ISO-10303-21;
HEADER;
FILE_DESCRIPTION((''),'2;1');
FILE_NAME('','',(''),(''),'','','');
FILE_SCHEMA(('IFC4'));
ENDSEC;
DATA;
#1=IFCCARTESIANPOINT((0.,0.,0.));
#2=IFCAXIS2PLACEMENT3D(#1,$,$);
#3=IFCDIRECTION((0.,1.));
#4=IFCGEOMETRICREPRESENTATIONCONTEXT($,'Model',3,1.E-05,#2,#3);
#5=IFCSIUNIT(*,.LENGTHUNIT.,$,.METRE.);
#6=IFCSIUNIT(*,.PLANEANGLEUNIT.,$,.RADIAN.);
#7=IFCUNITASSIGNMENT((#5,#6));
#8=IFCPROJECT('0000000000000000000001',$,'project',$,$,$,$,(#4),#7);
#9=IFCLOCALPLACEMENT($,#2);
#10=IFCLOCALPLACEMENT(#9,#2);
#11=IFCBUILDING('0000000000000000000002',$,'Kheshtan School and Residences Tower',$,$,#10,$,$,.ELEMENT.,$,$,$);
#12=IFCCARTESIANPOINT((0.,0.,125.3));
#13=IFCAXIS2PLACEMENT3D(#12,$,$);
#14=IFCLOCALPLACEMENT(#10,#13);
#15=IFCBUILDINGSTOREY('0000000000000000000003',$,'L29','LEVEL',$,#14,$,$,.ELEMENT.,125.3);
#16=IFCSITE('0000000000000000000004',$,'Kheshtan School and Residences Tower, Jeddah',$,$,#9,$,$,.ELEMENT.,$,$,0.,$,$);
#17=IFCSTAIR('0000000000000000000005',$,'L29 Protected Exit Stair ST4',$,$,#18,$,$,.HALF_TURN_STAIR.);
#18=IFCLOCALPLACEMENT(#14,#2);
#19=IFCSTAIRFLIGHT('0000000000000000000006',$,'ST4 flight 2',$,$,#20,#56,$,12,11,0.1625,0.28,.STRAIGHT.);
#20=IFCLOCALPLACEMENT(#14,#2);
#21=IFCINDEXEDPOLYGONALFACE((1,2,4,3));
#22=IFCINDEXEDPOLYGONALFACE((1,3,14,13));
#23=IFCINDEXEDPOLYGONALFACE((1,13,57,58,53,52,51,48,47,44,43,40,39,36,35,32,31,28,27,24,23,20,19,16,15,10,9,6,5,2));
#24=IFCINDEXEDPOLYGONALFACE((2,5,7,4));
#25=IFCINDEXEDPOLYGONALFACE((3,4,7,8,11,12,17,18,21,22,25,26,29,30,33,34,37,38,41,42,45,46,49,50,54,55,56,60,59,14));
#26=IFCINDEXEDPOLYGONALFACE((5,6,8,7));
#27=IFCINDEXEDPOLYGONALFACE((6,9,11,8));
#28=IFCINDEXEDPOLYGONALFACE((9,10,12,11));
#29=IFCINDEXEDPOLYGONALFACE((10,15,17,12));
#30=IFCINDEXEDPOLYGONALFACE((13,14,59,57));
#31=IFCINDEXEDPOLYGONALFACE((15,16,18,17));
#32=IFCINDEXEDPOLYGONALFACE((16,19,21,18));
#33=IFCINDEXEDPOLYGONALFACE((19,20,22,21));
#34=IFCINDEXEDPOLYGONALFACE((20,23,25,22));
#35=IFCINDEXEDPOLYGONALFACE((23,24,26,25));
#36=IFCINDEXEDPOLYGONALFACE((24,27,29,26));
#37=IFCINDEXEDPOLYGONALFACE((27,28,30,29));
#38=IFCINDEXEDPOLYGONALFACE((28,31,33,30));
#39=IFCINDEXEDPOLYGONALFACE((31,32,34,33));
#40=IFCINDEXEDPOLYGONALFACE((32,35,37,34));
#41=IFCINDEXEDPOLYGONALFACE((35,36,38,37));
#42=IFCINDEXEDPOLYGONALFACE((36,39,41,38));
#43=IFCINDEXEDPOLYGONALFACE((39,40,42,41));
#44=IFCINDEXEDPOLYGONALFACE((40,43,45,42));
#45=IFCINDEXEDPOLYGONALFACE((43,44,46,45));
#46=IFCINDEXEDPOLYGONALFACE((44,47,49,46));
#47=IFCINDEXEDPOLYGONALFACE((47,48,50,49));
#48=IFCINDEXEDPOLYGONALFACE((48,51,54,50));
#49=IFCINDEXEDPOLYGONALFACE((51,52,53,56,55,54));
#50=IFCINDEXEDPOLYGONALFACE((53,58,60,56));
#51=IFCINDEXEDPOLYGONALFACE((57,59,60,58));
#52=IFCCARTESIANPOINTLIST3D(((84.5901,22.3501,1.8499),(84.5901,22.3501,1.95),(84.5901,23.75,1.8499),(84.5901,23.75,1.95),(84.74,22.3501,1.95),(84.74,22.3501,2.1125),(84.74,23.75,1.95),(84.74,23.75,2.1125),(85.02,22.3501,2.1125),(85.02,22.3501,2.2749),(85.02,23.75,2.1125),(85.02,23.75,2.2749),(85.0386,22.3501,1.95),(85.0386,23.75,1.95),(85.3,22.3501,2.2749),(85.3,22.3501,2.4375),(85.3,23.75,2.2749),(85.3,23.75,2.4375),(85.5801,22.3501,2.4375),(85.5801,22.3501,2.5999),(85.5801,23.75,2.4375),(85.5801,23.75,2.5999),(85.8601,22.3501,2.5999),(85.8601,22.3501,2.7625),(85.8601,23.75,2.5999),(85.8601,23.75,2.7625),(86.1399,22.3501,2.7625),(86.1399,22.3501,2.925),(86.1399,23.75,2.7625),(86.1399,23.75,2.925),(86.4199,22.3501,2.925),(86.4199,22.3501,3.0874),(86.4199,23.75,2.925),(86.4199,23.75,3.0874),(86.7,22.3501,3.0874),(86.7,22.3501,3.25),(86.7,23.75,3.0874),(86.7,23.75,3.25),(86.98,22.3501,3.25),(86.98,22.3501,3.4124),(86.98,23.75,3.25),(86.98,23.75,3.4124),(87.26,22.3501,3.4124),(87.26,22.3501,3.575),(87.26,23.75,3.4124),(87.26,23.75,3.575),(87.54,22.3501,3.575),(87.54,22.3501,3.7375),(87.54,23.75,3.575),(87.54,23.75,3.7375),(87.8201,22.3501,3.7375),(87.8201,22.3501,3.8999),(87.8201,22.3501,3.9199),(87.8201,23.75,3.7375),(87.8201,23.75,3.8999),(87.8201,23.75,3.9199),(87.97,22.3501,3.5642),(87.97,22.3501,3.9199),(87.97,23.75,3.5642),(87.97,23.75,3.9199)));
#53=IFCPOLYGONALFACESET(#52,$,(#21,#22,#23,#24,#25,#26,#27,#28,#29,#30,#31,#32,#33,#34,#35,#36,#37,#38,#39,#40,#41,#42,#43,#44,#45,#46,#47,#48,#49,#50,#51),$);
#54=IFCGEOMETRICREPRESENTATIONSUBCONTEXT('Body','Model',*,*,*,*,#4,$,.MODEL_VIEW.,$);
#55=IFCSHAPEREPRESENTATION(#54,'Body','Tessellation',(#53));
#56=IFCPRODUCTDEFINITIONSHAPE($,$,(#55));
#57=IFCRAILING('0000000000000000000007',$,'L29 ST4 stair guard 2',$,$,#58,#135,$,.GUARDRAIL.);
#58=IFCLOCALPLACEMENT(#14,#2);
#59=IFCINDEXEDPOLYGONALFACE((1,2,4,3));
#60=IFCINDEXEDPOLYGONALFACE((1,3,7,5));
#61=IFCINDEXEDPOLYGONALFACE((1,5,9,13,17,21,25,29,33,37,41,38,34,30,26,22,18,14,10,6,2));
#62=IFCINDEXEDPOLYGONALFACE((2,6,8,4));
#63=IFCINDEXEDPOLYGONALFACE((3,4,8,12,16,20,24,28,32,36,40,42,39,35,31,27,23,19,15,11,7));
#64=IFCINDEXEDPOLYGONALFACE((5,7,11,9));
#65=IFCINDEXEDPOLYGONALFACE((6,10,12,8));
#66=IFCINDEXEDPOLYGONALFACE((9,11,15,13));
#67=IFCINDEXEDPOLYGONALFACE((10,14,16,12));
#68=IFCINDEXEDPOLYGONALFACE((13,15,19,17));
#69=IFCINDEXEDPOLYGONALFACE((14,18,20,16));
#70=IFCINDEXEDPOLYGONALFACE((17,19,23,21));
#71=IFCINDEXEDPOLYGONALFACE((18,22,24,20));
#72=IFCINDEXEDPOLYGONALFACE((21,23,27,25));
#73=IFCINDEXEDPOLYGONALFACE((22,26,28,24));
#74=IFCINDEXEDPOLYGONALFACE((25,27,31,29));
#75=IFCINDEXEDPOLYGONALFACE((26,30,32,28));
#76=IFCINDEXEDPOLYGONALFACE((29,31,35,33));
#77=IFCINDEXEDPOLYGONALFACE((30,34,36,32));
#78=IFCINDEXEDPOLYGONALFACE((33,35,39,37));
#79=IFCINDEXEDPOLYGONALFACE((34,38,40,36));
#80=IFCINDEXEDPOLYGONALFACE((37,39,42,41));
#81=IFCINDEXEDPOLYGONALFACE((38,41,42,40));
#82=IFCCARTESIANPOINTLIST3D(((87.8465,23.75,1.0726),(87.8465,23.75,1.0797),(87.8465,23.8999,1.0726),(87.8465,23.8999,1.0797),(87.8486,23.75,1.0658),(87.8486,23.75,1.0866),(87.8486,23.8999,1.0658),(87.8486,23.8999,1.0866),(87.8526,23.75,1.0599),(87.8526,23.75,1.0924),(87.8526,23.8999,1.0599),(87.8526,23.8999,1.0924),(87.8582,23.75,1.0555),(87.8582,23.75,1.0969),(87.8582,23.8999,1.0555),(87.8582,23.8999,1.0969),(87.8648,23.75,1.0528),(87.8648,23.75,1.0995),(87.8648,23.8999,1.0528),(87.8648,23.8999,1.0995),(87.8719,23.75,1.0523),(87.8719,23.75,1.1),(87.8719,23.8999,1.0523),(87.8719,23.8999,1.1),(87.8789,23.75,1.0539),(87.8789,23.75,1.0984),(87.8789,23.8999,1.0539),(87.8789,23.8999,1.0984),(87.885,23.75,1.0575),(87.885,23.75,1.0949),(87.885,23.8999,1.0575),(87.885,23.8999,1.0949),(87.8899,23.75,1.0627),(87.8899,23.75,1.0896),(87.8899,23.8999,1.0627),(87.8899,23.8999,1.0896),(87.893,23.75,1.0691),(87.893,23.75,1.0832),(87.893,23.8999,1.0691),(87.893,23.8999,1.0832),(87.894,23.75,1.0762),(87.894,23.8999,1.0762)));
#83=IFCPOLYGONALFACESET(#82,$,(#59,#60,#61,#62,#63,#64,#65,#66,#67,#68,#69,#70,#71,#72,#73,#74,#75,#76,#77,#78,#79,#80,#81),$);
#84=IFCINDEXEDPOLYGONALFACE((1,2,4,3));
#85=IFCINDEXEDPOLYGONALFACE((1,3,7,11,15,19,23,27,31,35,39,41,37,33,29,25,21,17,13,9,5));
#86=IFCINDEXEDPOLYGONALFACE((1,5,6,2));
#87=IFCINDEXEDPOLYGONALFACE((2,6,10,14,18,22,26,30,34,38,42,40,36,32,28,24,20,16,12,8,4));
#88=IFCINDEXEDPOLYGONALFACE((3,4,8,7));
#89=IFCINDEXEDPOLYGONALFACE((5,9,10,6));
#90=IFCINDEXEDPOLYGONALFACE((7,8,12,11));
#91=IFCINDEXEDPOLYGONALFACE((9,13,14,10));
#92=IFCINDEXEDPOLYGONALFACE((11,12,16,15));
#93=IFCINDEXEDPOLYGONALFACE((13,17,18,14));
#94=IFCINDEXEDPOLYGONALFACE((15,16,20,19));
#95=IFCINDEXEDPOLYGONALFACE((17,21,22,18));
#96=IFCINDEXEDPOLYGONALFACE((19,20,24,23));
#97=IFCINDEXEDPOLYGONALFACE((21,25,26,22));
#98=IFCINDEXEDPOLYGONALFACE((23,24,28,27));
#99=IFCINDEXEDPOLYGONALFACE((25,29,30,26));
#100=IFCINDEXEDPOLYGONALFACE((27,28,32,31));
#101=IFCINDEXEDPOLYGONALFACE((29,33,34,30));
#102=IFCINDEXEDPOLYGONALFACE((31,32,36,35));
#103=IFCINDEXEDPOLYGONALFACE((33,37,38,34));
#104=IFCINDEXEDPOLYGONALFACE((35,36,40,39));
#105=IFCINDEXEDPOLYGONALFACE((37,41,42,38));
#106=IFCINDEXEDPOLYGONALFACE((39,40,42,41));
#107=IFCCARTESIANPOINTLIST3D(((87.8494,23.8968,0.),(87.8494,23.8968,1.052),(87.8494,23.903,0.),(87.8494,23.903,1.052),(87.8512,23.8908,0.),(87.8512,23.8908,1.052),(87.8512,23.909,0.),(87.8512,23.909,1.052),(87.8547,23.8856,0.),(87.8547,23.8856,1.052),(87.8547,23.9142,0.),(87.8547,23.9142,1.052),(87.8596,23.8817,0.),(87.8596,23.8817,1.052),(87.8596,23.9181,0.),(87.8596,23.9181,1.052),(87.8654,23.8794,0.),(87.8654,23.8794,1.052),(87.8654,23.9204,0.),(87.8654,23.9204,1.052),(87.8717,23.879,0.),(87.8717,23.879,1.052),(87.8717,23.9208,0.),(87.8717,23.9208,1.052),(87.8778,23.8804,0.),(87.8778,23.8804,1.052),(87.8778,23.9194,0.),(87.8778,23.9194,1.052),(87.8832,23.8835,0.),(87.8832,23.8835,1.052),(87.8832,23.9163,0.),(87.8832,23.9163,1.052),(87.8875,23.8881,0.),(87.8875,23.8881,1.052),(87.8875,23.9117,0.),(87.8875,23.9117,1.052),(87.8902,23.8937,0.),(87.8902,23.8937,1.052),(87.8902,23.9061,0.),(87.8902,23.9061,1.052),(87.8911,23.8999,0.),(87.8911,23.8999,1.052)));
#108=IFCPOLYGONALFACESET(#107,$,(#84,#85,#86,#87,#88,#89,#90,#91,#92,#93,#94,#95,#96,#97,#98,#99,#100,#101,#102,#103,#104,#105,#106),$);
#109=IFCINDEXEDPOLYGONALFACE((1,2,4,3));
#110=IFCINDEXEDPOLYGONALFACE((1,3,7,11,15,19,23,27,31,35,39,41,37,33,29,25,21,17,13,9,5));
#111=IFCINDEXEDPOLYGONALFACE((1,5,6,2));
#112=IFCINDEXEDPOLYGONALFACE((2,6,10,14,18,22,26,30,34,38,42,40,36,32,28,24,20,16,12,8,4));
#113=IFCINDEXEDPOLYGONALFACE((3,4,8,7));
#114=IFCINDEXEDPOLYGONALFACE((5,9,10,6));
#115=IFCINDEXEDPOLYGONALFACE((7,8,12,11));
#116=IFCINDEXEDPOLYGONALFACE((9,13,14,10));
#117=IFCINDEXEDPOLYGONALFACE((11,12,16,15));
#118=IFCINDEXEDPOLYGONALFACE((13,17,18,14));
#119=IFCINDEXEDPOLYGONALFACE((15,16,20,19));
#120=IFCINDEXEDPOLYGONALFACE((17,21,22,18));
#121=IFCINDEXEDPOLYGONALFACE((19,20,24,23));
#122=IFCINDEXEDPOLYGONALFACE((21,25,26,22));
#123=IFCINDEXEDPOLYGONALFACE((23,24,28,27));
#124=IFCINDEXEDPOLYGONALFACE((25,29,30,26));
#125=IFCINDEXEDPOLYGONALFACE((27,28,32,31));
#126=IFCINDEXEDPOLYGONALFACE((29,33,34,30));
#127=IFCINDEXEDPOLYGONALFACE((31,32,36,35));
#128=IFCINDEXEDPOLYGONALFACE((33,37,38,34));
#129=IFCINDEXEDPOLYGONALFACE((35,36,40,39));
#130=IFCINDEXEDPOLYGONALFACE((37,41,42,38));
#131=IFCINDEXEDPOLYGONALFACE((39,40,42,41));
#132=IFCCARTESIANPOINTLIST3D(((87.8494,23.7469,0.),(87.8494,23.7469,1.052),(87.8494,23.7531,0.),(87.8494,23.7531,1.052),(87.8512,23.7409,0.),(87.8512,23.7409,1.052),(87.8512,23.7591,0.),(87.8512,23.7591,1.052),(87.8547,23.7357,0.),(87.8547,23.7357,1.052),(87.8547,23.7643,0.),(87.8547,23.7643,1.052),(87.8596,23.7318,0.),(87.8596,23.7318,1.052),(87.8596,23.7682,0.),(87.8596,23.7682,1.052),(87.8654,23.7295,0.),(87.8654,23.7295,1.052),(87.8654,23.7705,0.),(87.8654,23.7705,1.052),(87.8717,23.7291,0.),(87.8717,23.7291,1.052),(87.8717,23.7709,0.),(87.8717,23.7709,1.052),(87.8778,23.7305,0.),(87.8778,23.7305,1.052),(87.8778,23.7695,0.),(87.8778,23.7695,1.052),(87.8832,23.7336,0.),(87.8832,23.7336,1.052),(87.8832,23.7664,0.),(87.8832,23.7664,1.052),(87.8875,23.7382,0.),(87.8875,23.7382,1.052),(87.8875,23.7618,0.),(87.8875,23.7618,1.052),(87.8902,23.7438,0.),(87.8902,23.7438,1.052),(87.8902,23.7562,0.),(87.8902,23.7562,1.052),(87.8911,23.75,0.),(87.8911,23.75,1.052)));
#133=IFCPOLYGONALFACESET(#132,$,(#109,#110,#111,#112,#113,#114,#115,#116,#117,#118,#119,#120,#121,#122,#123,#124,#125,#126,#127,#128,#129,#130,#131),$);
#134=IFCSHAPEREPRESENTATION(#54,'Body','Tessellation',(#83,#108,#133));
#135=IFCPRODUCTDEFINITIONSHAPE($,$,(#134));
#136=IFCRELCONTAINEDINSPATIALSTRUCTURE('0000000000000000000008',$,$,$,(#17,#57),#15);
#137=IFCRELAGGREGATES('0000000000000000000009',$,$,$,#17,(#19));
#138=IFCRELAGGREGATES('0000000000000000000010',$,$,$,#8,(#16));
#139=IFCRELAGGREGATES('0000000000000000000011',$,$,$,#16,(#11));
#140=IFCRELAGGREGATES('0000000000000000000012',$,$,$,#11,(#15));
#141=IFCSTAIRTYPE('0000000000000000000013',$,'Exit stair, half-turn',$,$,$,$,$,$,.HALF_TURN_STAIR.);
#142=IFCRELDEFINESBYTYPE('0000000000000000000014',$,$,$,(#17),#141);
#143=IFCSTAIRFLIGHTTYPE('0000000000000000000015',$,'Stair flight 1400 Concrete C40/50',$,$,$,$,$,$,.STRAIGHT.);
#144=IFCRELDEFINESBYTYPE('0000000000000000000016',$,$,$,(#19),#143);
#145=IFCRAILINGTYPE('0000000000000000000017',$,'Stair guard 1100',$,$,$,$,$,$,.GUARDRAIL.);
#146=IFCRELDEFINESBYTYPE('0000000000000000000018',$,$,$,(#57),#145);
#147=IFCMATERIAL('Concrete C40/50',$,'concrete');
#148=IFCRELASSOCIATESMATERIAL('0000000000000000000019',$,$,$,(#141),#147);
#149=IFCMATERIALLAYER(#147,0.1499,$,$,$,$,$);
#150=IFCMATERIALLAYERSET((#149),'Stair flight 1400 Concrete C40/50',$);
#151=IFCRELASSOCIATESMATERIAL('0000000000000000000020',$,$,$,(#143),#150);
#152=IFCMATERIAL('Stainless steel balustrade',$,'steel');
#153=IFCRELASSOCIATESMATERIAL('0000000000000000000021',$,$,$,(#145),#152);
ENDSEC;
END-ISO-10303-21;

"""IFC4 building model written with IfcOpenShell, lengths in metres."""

from ifc_helpers import new_model, si_unit, direction, frame, origin, origin_2d, place, context, subcontext, project, spatial, polyline, circle, outline, extrude, material, layer, layer_set, type_object, element, aggregate, save


model = new_model("IFC4")

# Units and contexts
model_context = context("Model", 3, precision=1e-05, world=origin(), true_north=direction((0.0, 1.0)))
body_context = subcontext(model_context, "Body", "Model", "MODEL_VIEW")
ifc_project = project(units=[si_unit("LENGTHUNIT", "METRE"), si_unit("PLANEANGLEUNIT", "RADIAN")], contexts=[model_context])

# Site, building, storey
site_placement = place(None, origin())
site = spatial("IfcSite", under=ifc_project, at=site_placement, Name="Kheshtan School and Residences Tower, Jeddah", CompositionType="ELEMENT", RefElevation=0.0)
building_placement = place(site_placement, origin())
building = spatial("IfcBuilding", under=site, at=building_placement, Name="Kheshtan School and Residences Tower", CompositionType="ELEMENT")
storey_placement = place(building_placement, frame((0.0, 0.0, 125.3)))
storey = spatial("IfcBuildingStorey", under=building, at=storey_placement, Name="L29", Description="LEVEL", CompositionType="ELEMENT", Elevation=125.3)

# Shared definitions
ifc_material_1 = material(Name="Concrete C40/50", Category="concrete")

# Stair, stair flight
stair_type = type_object("IfcStairType", Name="Exit stair, half-turn", PredefinedType="HALF_TURN_STAIR", material=ifc_material_1)
stair_placement = place(storey_placement, origin())
stair = element("IfcStair", 1, at=stair_placement, inside=storey, type_object=stair_type, Name="L29 Protected Exit Stair ST4", PredefinedType="HALF_TURN_STAIR")
ifc_layer_1 = layer(ifc_material_1, 0.1499)
ifc_layer_set_1 = layer_set([ifc_layer_1], Name="Stair flight 1400 Concrete C40/50")
stair_flight_type = type_object("IfcStairFlightType", Name="Stair flight 1400 Concrete C40/50", PredefinedType="STRAIGHT", material=ifc_layer_set_1)
stair_flight_1_placement = place(storey_placement, frame((84.74, 23.05, 1.95), z_axis=(0.0, 0.0, 1.0), x_axis=(1.0, 0.0, 0.0)))
stair_flight_1 = element("IfcStairFlight", 2, at=stair_flight_1_placement, type_object=stair_flight_type, Name="ST4 flight 2", NumberOfRisers=12, NumberOfTreads=11, PredefinedType="STRAIGHT", RiserHeight=0.1625, TreadLength=0.28, context=body_context, shape_type="SweptSolid", body=[
    extrude(outline(polyline([(-0.1499, -0.1001), (-0.1499, 0.0), (0.0, 0.0), (0.0, 0.1626), (0.28, 0.1626), (0.28, 0.325), (0.5601, 0.325), (0.5601, 0.4875), (0.8401, 0.4875), (0.8401, 0.6499), (1.1201, 0.6499), (1.1201, 0.8125), (1.3999, 0.8125), (1.3999, 0.9751), (1.6799, 0.9751), (1.6799, 1.1375), (1.96, 1.1375), (1.96, 1.3), (2.24, 1.3), (2.24, 1.4624), (2.52, 1.4624), (2.52, 1.625), (2.8, 1.625), (2.8, 1.7876), (3.0801, 1.7876), (3.0801, 1.95), (3.0801, 1.97), (3.23, 1.97), (3.23, 1.6143), (0.2986, 0.0), (-0.1499, -0.1001)])), frame((0.0, 0.7, 0.0), z_axis=(0.0, -1.0, 0.0), x_axis=(1.0, 0.0, 0.0)), (0.0, 0.0, 1.0), 1.3999),
])
aggregate(stair, [stair_flight_1])

# Railing
ifc_material_2 = material(Name="Stainless steel balustrade", Category="steel")
railing_type_1 = type_object("IfcRailingType", Name="Stair guard 1100", PredefinedType="GUARDRAIL", material=ifc_material_2)
for number, where, name in (
    (3, (87.8701, 23.8999, 0.0), "L29 ST4 stair guard 2"),
):
    element("IfcRailing", number, at=place(storey_placement, frame(where)), inside=storey, type_object=railing_type_1, Name=name, PredefinedType="GUARDRAIL", context=body_context, shape_type="SweptSolid", body=[
        extrude(circle(Radius=0.0239, at=origin_2d()), frame((0.0, 0.0, 1.0762), z_axis=(0.0, -1.0, 0.0), x_axis=(1.0, 0.0, 0.0)), (0.0, 0.0, 1.0), 0.1499),
        extrude(circle(Radius=0.021, at=origin_2d()), origin(), (0.0, 0.0, 1.0), 1.052),
        extrude(circle(Radius=0.021, at=origin_2d()), frame((0.0, -0.1499, 0.0)), (0.0, 0.0, 1.0), 1.052),
    ])

save(model, "model.ifc")
